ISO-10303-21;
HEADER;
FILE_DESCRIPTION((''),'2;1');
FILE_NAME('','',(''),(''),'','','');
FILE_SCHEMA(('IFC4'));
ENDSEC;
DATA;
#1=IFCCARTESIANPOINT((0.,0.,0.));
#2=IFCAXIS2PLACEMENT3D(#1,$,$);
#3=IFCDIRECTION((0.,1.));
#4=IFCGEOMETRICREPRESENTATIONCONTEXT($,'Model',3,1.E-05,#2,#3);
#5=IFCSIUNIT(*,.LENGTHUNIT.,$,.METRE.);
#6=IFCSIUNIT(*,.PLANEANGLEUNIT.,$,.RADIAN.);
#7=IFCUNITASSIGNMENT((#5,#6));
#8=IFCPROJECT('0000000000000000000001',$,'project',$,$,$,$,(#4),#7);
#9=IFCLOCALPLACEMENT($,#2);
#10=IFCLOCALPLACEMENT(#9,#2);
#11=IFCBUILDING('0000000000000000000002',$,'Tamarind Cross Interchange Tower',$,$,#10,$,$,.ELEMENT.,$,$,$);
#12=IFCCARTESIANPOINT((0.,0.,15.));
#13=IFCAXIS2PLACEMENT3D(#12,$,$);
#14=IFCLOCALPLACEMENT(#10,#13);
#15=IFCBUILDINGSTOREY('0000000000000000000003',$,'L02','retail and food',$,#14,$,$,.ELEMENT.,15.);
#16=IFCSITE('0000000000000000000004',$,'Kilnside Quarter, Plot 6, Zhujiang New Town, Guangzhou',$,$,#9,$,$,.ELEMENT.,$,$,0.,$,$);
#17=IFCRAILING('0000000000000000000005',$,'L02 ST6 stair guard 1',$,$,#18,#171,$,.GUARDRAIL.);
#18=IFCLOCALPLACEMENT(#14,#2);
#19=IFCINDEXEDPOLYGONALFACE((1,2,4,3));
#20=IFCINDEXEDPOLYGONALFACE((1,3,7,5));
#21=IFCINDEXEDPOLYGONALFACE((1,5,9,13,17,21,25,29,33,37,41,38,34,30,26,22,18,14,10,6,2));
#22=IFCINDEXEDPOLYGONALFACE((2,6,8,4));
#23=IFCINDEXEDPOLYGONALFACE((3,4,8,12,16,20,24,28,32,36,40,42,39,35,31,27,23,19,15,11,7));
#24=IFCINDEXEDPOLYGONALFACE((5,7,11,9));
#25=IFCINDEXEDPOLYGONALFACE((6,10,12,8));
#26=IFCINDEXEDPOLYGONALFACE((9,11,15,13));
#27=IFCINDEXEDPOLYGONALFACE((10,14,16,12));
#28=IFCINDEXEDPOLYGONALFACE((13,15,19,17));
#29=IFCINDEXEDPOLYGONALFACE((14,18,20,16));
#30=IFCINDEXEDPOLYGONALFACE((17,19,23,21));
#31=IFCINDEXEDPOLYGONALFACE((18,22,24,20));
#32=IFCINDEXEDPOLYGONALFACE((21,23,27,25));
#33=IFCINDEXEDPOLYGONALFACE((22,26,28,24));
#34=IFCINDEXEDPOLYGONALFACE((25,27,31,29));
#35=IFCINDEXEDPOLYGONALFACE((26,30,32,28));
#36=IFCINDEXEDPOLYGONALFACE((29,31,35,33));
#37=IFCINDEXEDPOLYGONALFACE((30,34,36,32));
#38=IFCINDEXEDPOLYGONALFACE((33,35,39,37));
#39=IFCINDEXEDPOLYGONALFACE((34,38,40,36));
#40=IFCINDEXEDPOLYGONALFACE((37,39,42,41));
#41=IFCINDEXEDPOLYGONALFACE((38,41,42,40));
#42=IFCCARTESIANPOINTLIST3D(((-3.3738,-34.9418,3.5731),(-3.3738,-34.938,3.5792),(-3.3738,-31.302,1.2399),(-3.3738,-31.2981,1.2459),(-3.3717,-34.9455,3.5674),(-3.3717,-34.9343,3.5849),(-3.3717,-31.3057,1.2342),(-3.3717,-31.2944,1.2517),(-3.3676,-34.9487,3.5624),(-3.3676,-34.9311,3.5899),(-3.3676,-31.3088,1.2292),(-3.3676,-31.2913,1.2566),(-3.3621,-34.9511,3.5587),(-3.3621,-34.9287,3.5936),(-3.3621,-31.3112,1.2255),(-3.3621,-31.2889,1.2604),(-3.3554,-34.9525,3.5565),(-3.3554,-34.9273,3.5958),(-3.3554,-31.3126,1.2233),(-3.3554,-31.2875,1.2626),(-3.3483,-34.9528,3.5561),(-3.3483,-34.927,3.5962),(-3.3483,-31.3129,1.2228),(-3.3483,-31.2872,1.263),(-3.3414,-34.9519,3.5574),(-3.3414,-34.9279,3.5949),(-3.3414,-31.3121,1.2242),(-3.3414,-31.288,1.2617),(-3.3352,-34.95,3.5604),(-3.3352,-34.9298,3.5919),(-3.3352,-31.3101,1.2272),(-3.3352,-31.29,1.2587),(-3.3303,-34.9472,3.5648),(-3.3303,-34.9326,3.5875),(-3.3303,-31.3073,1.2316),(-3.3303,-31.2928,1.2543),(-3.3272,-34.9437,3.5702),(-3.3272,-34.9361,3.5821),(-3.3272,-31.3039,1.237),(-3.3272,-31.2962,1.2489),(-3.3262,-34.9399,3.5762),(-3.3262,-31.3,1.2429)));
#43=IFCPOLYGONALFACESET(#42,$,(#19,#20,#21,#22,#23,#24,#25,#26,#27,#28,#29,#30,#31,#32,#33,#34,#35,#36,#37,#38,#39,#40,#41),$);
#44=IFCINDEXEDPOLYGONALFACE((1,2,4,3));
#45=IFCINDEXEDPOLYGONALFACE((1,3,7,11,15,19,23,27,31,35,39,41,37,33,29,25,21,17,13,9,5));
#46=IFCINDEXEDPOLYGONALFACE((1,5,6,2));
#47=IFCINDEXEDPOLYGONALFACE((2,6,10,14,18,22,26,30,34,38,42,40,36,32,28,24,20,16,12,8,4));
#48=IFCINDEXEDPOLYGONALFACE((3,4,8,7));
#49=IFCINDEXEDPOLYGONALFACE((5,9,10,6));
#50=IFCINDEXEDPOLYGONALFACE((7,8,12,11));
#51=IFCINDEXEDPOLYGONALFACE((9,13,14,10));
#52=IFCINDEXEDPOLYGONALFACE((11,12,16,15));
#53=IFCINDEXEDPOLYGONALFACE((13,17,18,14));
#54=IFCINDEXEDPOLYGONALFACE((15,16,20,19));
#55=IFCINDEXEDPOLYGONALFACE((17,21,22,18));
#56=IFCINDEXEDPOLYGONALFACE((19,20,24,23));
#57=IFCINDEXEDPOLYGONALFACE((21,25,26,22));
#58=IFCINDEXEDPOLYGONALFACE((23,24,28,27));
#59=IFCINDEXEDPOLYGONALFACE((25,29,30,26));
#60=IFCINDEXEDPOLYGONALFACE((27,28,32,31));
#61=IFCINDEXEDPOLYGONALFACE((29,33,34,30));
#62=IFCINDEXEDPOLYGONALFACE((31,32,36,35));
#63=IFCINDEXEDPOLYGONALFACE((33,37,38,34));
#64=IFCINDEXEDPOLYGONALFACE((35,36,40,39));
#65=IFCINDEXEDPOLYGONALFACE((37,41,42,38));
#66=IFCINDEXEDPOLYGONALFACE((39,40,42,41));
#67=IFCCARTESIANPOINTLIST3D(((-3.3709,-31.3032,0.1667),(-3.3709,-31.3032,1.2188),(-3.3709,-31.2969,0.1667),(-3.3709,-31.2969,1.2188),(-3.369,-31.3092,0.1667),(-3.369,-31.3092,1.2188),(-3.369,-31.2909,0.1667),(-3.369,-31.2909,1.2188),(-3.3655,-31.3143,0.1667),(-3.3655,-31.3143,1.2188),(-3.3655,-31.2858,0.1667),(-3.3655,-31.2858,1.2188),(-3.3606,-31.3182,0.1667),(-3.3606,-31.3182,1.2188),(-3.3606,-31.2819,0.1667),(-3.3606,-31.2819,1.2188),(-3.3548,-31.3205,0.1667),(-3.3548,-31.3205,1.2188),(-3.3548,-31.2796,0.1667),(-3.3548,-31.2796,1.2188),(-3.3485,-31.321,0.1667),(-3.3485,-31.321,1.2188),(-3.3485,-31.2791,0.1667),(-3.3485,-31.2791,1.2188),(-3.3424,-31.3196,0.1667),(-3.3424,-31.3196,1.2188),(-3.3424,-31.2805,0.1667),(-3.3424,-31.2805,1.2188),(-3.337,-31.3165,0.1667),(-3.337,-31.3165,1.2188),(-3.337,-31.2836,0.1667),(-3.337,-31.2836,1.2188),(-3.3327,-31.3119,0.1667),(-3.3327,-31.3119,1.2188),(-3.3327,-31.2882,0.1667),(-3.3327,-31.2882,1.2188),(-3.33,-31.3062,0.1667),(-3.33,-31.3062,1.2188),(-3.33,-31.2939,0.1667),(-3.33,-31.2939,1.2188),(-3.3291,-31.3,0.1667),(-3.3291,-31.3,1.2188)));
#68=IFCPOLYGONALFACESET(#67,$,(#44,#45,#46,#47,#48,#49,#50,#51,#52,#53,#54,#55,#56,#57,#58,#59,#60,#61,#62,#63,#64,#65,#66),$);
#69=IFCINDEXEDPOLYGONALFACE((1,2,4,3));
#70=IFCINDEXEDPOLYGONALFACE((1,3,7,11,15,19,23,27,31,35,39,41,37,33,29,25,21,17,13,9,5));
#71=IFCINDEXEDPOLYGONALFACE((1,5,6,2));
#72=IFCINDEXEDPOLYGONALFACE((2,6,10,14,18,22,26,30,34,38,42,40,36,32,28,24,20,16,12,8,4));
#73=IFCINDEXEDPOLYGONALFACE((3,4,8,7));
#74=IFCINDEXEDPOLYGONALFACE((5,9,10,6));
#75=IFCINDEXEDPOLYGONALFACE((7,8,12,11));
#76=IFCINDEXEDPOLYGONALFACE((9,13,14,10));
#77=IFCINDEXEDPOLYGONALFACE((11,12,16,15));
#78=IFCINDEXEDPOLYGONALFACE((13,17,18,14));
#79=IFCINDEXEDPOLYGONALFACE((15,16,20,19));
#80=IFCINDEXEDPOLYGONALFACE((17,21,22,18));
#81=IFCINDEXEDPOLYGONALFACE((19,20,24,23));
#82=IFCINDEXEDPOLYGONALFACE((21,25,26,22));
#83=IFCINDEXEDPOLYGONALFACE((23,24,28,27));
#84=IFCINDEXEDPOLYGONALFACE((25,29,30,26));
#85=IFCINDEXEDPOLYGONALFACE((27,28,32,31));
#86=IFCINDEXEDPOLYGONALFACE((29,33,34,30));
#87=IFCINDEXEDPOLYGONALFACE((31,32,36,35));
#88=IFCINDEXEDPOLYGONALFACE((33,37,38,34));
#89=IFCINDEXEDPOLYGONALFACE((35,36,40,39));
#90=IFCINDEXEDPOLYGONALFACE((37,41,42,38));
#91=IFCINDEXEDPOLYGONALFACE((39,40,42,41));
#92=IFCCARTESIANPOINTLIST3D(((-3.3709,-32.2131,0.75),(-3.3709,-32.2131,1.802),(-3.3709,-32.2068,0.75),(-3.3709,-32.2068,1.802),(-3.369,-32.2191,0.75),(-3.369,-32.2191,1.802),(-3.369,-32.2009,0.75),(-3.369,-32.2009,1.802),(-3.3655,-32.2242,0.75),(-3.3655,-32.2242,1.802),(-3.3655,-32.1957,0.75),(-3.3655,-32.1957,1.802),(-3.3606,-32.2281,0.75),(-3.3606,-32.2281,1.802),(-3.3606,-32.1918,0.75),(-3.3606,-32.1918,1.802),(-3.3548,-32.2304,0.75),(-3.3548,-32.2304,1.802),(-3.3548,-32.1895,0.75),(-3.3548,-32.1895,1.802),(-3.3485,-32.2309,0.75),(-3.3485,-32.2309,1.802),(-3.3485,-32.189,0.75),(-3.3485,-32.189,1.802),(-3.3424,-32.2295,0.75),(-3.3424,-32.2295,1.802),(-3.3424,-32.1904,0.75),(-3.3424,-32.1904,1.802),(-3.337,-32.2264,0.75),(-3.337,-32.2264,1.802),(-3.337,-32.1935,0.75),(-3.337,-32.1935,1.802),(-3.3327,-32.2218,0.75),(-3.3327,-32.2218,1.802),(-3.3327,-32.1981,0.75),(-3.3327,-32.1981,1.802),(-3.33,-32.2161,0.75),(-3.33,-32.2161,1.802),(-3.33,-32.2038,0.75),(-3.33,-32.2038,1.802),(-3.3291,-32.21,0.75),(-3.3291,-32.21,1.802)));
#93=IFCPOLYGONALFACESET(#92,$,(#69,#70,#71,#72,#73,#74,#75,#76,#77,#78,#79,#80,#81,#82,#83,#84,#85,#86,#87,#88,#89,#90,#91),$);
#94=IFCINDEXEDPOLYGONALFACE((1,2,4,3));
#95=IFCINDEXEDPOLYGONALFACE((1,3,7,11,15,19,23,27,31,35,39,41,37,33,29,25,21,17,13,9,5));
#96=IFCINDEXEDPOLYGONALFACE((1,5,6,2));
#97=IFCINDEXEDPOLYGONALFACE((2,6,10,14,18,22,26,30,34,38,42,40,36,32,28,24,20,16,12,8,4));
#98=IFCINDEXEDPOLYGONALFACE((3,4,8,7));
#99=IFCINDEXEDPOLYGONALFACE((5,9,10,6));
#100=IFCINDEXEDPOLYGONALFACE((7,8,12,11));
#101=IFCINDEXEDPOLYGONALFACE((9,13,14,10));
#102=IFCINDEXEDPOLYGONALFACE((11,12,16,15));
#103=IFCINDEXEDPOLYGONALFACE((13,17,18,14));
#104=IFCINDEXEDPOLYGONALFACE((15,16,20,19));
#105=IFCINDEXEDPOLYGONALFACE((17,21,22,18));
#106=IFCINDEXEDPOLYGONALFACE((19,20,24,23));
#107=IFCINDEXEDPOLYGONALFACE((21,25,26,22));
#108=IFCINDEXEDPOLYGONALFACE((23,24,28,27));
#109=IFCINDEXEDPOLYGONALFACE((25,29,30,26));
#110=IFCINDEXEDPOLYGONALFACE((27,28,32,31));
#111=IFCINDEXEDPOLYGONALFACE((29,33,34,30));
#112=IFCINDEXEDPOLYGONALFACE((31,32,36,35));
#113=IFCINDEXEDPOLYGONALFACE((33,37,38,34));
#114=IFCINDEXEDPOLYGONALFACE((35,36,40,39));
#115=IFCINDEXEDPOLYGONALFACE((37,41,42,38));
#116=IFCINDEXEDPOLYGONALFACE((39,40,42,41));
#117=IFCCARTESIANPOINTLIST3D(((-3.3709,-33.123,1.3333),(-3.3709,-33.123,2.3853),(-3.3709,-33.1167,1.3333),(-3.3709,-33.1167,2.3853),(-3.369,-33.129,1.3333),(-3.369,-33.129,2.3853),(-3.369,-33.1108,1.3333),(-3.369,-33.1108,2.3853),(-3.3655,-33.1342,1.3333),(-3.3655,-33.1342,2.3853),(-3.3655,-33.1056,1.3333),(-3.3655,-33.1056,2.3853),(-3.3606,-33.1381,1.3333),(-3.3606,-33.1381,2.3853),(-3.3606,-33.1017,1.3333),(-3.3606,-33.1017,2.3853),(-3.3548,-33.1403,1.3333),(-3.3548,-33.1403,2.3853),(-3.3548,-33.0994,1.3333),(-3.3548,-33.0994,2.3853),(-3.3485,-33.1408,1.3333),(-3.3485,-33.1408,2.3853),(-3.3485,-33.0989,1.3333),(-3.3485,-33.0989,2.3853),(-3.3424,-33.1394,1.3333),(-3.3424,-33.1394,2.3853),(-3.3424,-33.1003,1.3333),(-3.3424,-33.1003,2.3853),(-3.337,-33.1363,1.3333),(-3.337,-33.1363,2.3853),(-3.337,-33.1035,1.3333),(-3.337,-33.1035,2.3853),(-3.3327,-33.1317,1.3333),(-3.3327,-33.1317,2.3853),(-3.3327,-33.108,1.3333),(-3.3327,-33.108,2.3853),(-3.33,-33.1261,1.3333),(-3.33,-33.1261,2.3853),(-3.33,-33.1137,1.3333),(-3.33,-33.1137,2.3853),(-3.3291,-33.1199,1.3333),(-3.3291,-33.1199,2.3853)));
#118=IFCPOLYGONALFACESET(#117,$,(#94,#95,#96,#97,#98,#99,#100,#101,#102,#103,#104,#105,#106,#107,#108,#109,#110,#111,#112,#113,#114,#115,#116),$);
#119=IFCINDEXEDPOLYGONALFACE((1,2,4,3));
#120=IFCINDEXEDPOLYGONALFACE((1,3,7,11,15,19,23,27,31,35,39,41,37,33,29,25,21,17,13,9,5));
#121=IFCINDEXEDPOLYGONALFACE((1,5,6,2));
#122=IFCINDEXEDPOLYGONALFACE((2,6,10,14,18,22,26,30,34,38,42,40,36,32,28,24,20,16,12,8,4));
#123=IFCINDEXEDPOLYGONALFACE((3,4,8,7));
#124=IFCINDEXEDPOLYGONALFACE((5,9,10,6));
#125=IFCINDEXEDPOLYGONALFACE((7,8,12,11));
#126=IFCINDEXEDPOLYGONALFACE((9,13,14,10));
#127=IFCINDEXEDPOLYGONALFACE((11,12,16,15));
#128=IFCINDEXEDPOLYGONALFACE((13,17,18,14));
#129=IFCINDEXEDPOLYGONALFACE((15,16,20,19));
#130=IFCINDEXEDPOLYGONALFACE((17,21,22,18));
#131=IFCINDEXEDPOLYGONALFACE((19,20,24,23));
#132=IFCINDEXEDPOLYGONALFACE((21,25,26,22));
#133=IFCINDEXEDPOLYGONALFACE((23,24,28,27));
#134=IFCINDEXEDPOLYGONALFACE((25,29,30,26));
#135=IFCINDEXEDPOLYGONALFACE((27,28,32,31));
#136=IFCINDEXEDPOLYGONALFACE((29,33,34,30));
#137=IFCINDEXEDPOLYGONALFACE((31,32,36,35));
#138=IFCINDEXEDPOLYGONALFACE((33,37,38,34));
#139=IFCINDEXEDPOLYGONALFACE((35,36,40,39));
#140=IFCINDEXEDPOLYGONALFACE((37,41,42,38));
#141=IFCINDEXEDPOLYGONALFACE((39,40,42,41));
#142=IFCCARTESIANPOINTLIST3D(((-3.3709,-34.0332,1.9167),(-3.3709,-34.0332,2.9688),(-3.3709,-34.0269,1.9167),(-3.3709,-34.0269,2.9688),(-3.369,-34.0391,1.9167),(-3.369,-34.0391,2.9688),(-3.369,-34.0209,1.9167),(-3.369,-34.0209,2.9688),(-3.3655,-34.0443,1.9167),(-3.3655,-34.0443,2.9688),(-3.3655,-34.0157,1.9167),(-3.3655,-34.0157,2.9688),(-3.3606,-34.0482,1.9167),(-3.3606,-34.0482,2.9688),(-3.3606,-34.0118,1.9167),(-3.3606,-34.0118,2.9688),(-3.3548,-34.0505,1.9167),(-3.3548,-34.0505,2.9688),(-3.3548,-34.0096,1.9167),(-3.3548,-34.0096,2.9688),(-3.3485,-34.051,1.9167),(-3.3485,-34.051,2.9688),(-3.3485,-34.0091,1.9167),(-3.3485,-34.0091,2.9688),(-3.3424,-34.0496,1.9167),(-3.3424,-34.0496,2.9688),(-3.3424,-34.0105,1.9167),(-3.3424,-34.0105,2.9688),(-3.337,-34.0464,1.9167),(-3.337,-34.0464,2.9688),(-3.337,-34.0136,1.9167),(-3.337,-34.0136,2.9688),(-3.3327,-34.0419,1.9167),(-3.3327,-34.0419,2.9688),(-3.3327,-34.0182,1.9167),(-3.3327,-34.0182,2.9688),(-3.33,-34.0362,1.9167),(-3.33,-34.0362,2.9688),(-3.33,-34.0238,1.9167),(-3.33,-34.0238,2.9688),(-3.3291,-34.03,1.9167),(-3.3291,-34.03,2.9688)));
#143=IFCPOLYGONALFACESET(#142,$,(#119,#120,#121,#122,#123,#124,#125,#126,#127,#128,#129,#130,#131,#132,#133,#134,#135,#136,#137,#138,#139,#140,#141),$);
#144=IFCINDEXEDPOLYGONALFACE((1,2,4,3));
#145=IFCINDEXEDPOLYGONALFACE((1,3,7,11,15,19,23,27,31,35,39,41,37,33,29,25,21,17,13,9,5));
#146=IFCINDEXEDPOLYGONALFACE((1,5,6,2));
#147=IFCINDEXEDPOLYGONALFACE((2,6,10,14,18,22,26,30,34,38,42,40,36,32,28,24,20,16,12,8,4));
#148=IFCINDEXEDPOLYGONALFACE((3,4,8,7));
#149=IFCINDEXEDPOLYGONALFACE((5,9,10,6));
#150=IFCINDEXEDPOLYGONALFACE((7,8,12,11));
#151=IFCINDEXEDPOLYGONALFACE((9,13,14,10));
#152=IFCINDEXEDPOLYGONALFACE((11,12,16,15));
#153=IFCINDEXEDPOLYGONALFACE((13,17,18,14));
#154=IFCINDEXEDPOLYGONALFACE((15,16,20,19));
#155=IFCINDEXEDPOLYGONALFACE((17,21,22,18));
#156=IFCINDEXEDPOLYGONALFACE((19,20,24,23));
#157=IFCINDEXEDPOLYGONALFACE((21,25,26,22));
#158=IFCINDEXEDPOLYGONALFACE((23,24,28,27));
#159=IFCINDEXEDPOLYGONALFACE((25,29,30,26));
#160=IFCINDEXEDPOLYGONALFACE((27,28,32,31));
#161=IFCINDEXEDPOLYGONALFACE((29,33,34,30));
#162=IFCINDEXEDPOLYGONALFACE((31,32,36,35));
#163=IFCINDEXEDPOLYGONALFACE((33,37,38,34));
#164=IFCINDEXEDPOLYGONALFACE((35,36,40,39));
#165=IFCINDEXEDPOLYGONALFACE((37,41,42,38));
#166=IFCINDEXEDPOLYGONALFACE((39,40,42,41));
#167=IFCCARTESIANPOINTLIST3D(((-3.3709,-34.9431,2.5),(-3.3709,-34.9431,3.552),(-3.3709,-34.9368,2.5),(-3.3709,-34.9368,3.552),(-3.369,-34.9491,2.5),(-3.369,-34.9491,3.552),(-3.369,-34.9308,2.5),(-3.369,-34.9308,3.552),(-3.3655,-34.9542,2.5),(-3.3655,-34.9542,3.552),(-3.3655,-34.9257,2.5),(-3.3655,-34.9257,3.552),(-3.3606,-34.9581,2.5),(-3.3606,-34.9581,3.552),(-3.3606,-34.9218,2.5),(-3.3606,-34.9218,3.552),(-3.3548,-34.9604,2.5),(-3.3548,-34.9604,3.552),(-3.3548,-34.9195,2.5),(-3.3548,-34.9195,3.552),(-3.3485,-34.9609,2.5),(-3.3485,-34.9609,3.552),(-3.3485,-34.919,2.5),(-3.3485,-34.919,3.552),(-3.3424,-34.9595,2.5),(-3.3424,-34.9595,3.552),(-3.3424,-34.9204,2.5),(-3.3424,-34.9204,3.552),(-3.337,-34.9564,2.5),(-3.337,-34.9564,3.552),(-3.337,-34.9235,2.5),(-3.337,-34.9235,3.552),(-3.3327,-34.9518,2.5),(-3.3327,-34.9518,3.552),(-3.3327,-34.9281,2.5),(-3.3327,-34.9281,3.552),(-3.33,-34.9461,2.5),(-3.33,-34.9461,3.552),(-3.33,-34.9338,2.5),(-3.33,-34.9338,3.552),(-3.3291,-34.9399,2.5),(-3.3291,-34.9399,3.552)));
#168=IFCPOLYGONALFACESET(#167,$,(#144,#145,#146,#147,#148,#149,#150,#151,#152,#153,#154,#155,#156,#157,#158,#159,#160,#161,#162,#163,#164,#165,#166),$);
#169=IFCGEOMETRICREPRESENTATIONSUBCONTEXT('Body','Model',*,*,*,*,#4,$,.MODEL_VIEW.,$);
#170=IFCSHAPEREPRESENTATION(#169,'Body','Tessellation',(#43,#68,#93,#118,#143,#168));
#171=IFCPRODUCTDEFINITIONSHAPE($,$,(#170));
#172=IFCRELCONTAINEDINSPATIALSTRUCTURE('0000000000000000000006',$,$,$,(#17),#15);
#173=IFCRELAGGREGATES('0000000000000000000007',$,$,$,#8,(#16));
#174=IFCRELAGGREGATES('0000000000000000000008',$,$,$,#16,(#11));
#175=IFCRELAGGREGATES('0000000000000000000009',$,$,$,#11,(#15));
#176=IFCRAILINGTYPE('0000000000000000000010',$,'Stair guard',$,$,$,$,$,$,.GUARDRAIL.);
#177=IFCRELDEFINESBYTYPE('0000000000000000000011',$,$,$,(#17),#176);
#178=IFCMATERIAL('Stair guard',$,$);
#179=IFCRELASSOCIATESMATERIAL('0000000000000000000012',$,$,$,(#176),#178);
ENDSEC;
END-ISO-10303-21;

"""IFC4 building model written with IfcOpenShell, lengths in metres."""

from ifc_helpers import new_model, si_unit, direction, frame, origin, origin_2d, place, context, subcontext, project, spatial, circle, extrude, material, type_object, element, save


model = new_model("IFC4")

# Units and contexts
model_context = context("Model", 3, precision=1e-05, world=origin(), true_north=direction((0.0, 1.0)))
body_context = subcontext(model_context, "Body", "Model", "MODEL_VIEW")
ifc_project = project(units=[si_unit("LENGTHUNIT", "METRE"), si_unit("PLANEANGLEUNIT", "RADIAN")], contexts=[model_context])

# Site, building, storey
site_placement = place(None, origin())
site = spatial("IfcSite", under=ifc_project, at=site_placement, Name="Kilnside Quarter, Plot 6, Zhujiang New Town, Guangzhou", CompositionType="ELEMENT", RefElevation=0.0)
building_placement = place(site_placement, origin())
building = spatial("IfcBuilding", under=site, at=building_placement, Name="Tamarind Cross Interchange Tower", CompositionType="ELEMENT")
storey_placement = place(building_placement, frame((0.0, 0.0, 15.0)))
storey = spatial("IfcBuildingStorey", under=building, at=storey_placement, Name="L02", Description="retail and food", CompositionType="ELEMENT", Elevation=15.0)

# Railing
ifc_material_1 = material(Name="Stair guard")
railing_type_1 = type_object("IfcRailingType", Name="Stair guard", PredefinedType="GUARDRAIL", material=ifc_material_1)
railing_1_placement = place(storey_placement, frame((-3.3501, -31.3, 0.1667)))
element("IfcRailing", 1, at=railing_1_placement, inside=storey, type_object=railing_type_1, Name="L02 ST6 stair guard 1", PredefinedType="GUARDRAIL", context=body_context, shape_type="SweptSolid", body=[
    extrude(circle(Radius=0.0239, at=origin_2d()), frame((0.0, 0.0, 1.0762), z_axis=(0.0, -0.84188, 0.539664), x_axis=(1.0, 0.0, 0.0)), (0.0, 0.0, 1.0), 4.3235),
    extrude(circle(Radius=0.021, at=origin_2d()), origin(), (0.0, 0.0, 1.0), 1.052),
    extrude(circle(Radius=0.021, at=origin_2d()), frame((0.0, -0.9099, 0.5833)), (0.0, 0.0, 1.0), 1.052),
    extrude(circle(Radius=0.021, at=origin_2d()), frame((0.0, -1.8198, 1.1665)), (0.0, 0.0, 1.0), 1.052),
    extrude(circle(Radius=0.021, at=origin_2d()), frame((0.0, -2.73, 1.75)), (0.0, 0.0, 1.0), 1.052),
    extrude(circle(Radius=0.021, at=origin_2d()), frame((0.0, -3.6399, 2.3333)), (0.0, 0.0, 1.0), 1.052),
])

save(model, "model.ifc")
